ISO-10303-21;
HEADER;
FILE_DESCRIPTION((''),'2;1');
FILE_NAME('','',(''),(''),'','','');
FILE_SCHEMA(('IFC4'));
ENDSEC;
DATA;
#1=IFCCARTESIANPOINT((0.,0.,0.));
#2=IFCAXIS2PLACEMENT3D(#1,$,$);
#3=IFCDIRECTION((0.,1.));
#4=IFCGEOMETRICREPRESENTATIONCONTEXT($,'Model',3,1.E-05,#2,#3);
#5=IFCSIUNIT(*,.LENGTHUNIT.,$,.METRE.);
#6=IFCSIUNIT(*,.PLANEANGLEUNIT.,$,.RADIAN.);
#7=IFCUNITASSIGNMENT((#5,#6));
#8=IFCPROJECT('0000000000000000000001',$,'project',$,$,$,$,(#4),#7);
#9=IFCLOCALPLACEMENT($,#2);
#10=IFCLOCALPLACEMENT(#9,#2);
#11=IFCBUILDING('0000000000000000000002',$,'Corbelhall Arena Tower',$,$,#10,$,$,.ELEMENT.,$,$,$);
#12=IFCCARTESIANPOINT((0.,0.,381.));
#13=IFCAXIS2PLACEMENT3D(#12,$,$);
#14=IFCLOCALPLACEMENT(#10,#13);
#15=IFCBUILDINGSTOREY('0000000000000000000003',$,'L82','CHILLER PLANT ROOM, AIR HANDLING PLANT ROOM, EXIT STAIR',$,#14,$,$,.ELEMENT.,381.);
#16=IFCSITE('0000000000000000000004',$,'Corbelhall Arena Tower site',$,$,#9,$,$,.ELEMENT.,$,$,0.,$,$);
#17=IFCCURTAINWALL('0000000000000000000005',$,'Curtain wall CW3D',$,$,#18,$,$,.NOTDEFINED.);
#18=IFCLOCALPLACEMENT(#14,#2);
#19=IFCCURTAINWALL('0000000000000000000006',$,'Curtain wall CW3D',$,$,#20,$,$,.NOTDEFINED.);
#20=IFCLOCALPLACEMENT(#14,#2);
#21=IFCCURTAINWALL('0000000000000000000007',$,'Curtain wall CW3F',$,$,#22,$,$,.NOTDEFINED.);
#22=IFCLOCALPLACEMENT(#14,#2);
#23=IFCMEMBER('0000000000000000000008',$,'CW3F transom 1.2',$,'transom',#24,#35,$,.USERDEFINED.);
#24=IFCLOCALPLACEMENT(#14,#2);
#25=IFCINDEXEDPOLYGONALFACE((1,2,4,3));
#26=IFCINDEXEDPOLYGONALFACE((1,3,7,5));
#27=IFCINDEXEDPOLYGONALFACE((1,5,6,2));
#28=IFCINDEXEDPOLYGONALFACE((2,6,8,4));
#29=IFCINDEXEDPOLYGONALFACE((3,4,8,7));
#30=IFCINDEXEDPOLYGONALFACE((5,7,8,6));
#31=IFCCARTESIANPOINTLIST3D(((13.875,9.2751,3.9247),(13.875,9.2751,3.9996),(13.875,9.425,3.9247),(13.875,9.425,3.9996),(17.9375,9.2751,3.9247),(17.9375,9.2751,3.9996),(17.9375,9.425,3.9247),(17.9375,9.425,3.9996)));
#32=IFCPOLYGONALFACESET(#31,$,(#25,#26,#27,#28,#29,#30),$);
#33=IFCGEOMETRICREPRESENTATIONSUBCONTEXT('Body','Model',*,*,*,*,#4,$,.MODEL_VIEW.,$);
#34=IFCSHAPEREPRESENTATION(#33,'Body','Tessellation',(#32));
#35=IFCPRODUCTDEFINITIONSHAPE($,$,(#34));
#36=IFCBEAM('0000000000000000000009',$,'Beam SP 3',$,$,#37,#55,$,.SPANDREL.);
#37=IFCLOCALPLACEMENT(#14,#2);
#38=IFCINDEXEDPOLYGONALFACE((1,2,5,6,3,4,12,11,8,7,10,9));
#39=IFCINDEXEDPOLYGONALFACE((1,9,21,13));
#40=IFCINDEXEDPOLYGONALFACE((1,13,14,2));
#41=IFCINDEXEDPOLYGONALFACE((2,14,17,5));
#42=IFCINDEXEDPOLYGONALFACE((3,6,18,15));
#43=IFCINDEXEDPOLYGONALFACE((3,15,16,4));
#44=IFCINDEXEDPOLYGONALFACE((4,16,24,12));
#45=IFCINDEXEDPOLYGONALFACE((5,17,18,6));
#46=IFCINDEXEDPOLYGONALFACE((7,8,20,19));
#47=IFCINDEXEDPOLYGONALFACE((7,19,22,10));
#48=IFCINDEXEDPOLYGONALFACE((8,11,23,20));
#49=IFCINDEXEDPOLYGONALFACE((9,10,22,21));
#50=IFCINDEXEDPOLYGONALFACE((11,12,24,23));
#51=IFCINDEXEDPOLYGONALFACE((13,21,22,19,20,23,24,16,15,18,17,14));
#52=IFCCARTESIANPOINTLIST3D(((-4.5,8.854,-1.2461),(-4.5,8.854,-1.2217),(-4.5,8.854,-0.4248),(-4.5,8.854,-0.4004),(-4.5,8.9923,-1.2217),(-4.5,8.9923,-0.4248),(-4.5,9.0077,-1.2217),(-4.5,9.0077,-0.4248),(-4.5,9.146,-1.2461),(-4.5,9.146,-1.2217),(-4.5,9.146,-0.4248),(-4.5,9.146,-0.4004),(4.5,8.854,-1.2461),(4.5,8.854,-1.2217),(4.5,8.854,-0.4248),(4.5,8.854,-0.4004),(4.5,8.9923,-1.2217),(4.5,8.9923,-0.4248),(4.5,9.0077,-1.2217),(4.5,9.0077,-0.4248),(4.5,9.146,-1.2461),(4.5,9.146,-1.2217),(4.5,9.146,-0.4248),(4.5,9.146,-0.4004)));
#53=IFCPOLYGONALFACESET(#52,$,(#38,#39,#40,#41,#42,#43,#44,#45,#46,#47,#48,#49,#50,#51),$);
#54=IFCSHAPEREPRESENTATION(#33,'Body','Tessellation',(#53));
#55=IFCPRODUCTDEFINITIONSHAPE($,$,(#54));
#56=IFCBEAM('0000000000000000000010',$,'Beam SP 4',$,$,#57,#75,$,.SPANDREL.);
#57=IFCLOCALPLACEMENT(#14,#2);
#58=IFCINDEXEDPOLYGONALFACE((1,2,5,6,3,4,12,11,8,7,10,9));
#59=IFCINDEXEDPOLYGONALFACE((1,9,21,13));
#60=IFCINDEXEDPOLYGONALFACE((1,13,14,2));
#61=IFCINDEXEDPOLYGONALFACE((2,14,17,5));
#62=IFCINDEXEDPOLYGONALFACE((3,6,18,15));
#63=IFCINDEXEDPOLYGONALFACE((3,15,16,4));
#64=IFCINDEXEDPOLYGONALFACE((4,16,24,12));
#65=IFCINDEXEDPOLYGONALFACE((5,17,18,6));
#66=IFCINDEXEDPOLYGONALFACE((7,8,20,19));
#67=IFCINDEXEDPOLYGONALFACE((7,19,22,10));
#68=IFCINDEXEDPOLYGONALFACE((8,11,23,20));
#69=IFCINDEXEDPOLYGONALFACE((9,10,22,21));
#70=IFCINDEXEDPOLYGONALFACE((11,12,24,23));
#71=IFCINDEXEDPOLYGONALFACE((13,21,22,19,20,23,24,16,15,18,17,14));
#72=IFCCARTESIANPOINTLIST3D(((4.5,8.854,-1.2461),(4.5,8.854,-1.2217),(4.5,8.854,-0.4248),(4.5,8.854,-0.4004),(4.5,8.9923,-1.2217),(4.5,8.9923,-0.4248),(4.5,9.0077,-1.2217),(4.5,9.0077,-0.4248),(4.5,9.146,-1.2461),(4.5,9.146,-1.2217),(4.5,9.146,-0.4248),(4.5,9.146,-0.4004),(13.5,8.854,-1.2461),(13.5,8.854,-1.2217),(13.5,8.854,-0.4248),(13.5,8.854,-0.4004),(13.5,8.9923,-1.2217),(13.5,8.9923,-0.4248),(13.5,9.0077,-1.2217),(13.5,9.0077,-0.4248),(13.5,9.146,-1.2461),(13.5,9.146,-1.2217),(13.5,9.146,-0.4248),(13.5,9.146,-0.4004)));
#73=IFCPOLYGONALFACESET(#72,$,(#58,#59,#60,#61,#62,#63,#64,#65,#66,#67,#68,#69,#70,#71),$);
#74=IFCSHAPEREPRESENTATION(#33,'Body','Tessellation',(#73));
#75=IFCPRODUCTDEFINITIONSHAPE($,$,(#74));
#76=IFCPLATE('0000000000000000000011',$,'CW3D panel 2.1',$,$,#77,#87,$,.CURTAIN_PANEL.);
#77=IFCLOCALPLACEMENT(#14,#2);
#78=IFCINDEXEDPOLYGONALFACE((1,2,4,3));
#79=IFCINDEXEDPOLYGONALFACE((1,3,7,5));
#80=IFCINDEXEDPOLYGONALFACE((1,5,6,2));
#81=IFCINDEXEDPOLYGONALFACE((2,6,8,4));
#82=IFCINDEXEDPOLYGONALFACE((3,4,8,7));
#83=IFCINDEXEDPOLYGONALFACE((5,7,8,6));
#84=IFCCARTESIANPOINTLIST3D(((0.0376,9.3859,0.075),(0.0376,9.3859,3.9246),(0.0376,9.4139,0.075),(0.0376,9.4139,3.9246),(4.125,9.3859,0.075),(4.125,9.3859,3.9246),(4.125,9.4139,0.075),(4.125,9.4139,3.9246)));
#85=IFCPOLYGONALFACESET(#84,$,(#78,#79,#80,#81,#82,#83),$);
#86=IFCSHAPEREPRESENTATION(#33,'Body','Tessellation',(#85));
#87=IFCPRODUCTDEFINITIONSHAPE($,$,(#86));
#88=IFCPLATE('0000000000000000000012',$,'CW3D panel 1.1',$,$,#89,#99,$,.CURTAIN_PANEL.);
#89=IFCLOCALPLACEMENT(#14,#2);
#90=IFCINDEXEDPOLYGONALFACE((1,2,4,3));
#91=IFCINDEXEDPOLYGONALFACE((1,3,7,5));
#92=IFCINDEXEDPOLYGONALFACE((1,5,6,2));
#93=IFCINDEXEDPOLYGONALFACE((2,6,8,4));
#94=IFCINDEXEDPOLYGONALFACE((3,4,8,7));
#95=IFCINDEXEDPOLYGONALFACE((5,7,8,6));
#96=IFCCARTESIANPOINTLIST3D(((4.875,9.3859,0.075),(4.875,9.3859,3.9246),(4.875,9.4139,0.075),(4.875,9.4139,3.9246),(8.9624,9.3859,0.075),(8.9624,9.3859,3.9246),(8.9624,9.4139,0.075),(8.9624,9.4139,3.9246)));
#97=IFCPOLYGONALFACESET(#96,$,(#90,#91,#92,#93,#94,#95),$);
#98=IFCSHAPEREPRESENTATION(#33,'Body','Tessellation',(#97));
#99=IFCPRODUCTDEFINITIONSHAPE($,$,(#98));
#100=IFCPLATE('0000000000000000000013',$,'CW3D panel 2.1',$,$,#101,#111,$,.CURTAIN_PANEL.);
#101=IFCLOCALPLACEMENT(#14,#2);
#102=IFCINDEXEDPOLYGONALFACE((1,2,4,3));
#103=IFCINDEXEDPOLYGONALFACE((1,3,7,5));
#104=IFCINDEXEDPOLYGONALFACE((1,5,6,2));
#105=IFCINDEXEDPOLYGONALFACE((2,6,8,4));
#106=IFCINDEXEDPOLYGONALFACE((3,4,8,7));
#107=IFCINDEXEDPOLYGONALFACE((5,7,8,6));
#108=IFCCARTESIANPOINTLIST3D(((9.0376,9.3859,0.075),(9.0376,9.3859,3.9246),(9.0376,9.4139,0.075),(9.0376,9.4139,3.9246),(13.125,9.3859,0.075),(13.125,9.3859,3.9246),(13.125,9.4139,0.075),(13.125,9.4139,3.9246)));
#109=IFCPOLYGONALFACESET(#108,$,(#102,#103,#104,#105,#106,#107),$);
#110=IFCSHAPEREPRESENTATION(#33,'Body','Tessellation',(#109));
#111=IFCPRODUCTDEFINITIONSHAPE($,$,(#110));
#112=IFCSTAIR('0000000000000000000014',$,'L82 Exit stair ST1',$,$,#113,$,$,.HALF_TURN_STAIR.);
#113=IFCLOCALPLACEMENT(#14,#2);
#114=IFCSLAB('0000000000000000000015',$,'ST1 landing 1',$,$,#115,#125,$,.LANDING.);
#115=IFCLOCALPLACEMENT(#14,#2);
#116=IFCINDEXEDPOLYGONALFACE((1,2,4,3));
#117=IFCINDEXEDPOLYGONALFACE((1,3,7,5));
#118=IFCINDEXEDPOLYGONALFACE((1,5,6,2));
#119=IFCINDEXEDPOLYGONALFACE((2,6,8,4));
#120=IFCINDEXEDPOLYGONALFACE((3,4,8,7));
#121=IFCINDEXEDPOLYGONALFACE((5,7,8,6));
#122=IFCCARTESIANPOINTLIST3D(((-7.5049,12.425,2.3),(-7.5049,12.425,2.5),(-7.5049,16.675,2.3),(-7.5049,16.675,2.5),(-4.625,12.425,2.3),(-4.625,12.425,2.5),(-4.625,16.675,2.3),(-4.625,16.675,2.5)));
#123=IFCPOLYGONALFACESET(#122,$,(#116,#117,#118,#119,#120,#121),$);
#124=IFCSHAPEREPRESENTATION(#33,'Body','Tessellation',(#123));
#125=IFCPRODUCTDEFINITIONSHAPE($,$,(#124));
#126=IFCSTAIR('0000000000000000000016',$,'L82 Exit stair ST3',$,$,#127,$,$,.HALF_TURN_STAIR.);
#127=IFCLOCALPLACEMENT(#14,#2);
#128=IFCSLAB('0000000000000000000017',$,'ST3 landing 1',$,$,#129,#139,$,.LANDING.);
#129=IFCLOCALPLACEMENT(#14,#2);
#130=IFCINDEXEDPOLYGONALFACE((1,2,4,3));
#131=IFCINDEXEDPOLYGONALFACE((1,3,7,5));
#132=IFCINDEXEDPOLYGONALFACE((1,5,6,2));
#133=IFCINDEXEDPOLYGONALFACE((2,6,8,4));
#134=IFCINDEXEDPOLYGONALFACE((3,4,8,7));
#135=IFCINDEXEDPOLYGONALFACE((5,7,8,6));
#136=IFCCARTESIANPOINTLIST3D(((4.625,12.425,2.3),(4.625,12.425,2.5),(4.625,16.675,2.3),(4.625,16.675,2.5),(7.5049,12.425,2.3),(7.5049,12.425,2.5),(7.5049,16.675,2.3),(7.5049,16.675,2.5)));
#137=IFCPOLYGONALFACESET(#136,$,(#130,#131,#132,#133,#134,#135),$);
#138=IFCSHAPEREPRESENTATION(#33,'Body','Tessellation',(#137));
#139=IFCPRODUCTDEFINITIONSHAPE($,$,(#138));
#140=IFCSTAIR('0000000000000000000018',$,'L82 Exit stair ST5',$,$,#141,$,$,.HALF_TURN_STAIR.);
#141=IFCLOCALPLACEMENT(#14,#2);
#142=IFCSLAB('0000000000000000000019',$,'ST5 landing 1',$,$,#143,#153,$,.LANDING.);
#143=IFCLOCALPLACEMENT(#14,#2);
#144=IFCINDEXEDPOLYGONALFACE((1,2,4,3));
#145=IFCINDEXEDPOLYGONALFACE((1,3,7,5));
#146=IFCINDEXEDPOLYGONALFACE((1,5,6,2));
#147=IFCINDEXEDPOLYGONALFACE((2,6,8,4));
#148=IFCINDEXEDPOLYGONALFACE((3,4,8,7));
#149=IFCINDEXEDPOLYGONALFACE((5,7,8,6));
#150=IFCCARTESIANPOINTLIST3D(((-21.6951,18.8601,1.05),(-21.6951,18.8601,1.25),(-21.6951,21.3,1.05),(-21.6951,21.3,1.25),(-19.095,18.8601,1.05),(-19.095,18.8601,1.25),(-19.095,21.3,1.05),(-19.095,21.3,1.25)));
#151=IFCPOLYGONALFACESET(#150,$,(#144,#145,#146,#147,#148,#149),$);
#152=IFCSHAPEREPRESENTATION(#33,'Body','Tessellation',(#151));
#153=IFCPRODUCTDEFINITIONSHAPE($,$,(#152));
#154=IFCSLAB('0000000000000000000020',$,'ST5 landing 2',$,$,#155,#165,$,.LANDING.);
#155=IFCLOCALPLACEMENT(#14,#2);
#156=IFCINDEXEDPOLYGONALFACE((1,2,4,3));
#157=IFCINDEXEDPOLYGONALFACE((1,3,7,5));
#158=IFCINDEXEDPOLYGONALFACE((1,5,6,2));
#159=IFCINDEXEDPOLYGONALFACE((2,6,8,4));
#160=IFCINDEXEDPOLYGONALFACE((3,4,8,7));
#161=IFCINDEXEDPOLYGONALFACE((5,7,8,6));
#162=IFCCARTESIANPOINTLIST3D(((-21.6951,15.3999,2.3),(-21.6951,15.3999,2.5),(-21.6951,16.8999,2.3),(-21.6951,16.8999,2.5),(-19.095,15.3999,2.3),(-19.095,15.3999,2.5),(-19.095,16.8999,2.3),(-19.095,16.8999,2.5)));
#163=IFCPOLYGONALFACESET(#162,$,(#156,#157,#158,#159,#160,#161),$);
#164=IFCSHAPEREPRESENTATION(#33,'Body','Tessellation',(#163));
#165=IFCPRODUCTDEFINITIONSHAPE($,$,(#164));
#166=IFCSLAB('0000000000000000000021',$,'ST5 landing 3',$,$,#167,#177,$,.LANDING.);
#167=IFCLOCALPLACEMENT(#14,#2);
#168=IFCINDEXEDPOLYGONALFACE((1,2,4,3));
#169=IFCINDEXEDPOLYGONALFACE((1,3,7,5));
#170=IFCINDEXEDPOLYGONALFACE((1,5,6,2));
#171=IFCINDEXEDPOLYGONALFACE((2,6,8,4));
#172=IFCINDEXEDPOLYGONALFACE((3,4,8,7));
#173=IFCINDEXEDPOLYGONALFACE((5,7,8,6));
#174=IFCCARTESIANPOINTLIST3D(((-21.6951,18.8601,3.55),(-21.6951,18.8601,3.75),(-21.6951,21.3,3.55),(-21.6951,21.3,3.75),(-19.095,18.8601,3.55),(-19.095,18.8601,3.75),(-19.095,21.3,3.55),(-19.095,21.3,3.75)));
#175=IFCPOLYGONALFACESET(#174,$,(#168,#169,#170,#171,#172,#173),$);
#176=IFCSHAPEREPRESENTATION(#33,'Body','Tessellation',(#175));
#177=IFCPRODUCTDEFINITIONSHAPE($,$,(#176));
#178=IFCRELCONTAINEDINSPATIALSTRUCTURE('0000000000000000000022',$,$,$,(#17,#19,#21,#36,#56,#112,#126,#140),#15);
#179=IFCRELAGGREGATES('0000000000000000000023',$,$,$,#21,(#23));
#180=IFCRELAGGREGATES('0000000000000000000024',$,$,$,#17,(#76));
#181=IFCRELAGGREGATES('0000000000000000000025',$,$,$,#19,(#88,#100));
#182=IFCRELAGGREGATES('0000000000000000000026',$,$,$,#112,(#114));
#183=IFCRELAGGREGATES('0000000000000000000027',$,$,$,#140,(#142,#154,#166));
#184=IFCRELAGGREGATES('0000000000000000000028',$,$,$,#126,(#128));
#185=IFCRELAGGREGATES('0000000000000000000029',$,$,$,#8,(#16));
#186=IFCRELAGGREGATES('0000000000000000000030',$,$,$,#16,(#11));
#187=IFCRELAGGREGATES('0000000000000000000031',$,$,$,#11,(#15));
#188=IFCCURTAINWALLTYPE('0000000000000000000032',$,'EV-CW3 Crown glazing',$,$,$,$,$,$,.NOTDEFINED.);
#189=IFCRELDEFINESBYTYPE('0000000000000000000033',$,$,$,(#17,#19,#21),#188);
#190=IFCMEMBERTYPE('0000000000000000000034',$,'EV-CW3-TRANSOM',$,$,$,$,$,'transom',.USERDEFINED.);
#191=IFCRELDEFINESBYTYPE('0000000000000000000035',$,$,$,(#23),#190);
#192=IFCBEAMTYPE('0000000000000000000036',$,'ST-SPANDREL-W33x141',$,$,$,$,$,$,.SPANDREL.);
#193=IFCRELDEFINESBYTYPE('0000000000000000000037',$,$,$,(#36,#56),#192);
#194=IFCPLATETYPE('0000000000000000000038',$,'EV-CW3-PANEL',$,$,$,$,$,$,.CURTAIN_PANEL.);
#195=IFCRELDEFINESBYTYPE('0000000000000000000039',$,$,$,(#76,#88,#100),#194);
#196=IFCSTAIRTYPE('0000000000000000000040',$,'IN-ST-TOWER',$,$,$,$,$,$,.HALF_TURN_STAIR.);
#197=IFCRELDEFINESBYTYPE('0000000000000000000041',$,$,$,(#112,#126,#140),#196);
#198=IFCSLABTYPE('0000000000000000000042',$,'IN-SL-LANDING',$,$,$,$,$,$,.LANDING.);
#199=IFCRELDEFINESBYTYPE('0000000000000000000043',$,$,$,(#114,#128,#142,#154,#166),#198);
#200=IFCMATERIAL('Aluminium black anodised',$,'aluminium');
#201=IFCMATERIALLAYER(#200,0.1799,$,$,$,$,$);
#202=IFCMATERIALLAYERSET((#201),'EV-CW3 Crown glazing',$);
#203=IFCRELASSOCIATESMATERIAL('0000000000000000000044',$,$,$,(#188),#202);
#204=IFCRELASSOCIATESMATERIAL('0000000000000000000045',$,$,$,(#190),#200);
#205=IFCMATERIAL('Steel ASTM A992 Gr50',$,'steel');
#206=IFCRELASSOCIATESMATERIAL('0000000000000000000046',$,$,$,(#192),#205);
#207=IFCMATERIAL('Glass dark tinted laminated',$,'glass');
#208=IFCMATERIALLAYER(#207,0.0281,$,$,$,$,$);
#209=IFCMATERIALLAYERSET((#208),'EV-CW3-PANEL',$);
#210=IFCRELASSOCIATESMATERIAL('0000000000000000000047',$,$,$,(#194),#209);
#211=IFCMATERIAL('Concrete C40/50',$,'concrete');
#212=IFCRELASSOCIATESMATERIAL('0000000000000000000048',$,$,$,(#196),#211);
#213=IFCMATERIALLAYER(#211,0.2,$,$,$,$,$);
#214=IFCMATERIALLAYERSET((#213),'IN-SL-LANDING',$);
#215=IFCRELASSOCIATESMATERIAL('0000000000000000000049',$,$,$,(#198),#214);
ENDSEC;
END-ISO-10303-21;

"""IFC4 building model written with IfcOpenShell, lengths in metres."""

from ifc_helpers import new_model, si_unit, direction, frame, origin, origin_2d, place, context, subcontext, project, spatial, polyline, rectangle, i_section, outline, extrude, material, layer, layer_set, material_profile, profile_set, type_object, element, aggregate, save


model = new_model("IFC4")

# Units and contexts
model_context = context("Model", 3, precision=1e-05, world=origin(), true_north=direction((0.0, 1.0)))
body_context = subcontext(model_context, "Body", "Model", "MODEL_VIEW")
ifc_project = project(units=[si_unit("LENGTHUNIT", "METRE"), si_unit("PLANEANGLEUNIT", "RADIAN")], contexts=[model_context])

# Site, building, storey
site_placement = place(None, origin())
site = spatial("IfcSite", under=ifc_project, at=site_placement, Name="Corbelhall Arena Tower site", CompositionType="ELEMENT", RefElevation=0.0)
building_placement = place(site_placement, origin())
building = spatial("IfcBuilding", under=site, at=building_placement, Name="Corbelhall Arena Tower", CompositionType="ELEMENT")
storey_placement = place(building_placement, frame((0.0, 0.0, 381.0)))
storey = spatial("IfcBuildingStorey", under=building, at=storey_placement, Name="L82", Description="CHILLER PLANT ROOM, AIR HANDLING PLANT ROOM, EXIT STAIR", CompositionType="ELEMENT", Elevation=381.0)

# Curtain walls
ifc_material_1 = material(Name="Aluminium black anodised", Category="aluminium")
ifc_layer_1 = layer(ifc_material_1, 0.1799)
ifc_layer_set_1 = layer_set([ifc_layer_1], Name="EV-CW3 Crown glazing")
curtain_wall_type = type_object("IfcCurtainWallType", Name="EV-CW3 Crown glazing", PredefinedType="NOTDEFINED", material=ifc_layer_set_1)
curtain_wall_1_placement = place(storey_placement, origin())
curtain_wall_1 = element("IfcCurtainWall", 1, at=curtain_wall_1_placement, inside=storey, type_object=curtain_wall_type, Name="Curtain wall CW3D", PredefinedType="NOTDEFINED")
curtain_wall_2_placement = place(storey_placement, origin())
curtain_wall_2 = element("IfcCurtainWall", 2, at=curtain_wall_2_placement, inside=storey, type_object=curtain_wall_type, Name="Curtain wall CW3D", PredefinedType="NOTDEFINED")

# Curtain wall
curtain_wall_3_placement = place(storey_placement, origin())
curtain_wall_3 = element("IfcCurtainWall", 3, at=curtain_wall_3_placement, inside=storey, type_object=curtain_wall_type, Name="Curtain wall CW3F", PredefinedType="NOTDEFINED")

# Member
ifc_material_profile_1 = material_profile(ifc_material_1, rectangle(XDim=0.1499, YDim=0.075, at=origin_2d()))
ifc_profile_set_1 = profile_set([ifc_material_profile_1], Name="Aluminium black anodised")
member_type_1 = type_object("IfcMemberType", Name="EV-CW3-TRANSOM", ElementType="transom", PredefinedType="USERDEFINED", material=ifc_profile_set_1)
member_1_placement = place(storey_placement, frame((13.875, 9.3501, 3.9622), z_axis=(1.0, 0.0, 0.0), x_axis=(0.0, 1.0, 0.0)))
member_1 = element("IfcMember", 4, at=member_1_placement, type_object=member_type_1, Name="CW3F transom 1.2", ObjectType="transom", PredefinedType="USERDEFINED", context=body_context, shape_type="SweptSolid", body=[
    extrude(rectangle(XDim=0.1499, YDim=0.075, at=origin_2d()), origin(), (0.0, 0.0, 1.0), 4.0625),
])
aggregate(curtain_wall_3, [member_1])

# Beams
ifc_material_2 = material(Name="Steel ASTM A992 Gr50", Category="steel")
ifc_material_profile_2 = material_profile(ifc_material_2, i_section(OverallWidth=0.292, OverallDepth=0.8457, WebThickness=0.0154, FlangeThickness=0.0244, at=origin_2d()))
ifc_profile_set_2 = profile_set([ifc_material_profile_2], Name="Steel ASTM A992 Gr50")
beam_type = type_object("IfcBeamType", Name="ST-SPANDREL-W33x141", PredefinedType="SPANDREL", material=ifc_profile_set_2)
for number, where, z_axis, x_axis, name in (
    (5, (4.5, 9.0, -0.8232), (-1.0, 0.0, 0.0), (0.0, -1.0, 0.0), "Beam SP 3"),
    (6, (13.5, 9.0, -0.8232), (-1.0, 0.0, 0.0), (0.0, -1.0, 0.0), "Beam SP 4"),
):
    element("IfcBeam", number, at=place(storey_placement, frame(where, z_axis=z_axis, x_axis=x_axis)), inside=storey, type_object=beam_type, Name=name, PredefinedType="SPANDREL", context=body_context, shape_type="SweptSolid", body=[
        extrude(i_section(OverallWidth=0.292, OverallDepth=0.8457, WebThickness=0.0154, FlangeThickness=0.0244, at=origin_2d()), origin(), (0.0, 0.0, 1.0), 9.0),
    ])

# Plates
ifc_material_3 = material(Name="Glass dark tinted laminated", Category="glass")
ifc_layer_2 = layer(ifc_material_3, 0.0281)
ifc_layer_set_2 = layer_set([ifc_layer_2], Name="EV-CW3-PANEL")
plate_type = type_object("IfcPlateType", Name="EV-CW3-PANEL", PredefinedType="CURTAIN_PANEL", material=ifc_layer_set_2)
plate_1_placement = place(storey_placement, frame((2.0813, 9.3999, 0.075), z_axis=(0.0, 0.0, 1.0), x_axis=(1.0, 0.0, 0.0)))
plate_1 = element("IfcPlate", 7, at=plate_1_placement, type_object=plate_type, Name="CW3D panel 2.1", PredefinedType="CURTAIN_PANEL", context=body_context, shape_type="SweptSolid", body=[
    extrude(rectangle(XDim=4.0874, YDim=0.0281, at=origin_2d()), origin(), (0.0, 0.0, 1.0), 3.8496),
])
aggregate(curtain_wall_1, [plate_1])
plate_2_placement = place(storey_placement, frame((6.9187, 9.3999, 0.075), z_axis=(0.0, 0.0, 1.0), x_axis=(1.0, 0.0, 0.0)))
plate_2 = element("IfcPlate", 8, at=plate_2_placement, type_object=plate_type, Name="CW3D panel 1.1", PredefinedType="CURTAIN_PANEL", context=body_context, shape_type="SweptSolid", body=[
    extrude(rectangle(XDim=4.0874, YDim=0.0281, at=origin_2d()), origin(), (0.0, 0.0, 1.0), 3.8496),
])
plate_3_placement = place(storey_placement, frame((11.0813, 9.3999, 0.075), z_axis=(0.0, 0.0, 1.0), x_axis=(1.0, 0.0, 0.0)))
plate_3 = element("IfcPlate", 9, at=plate_3_placement, type_object=plate_type, Name="CW3D panel 2.1", PredefinedType="CURTAIN_PANEL", context=body_context, shape_type="SweptSolid", body=[
    extrude(rectangle(XDim=4.0874, YDim=0.0281, at=origin_2d()), origin(), (0.0, 0.0, 1.0), 3.8496),
])
aggregate(curtain_wall_2, [plate_2, plate_3])

# Stairs, slabs
ifc_material_4 = material(Name="Concrete C40/50", Category="concrete")
stair_type = type_object("IfcStairType", Name="IN-ST-TOWER", PredefinedType="HALF_TURN_STAIR", material=ifc_material_4)
stair_1_placement = place(storey_placement, origin())
stair_1 = element("IfcStair", 10, at=stair_1_placement, inside=storey, type_object=stair_type, Name="L82 Exit stair ST1", PredefinedType="HALF_TURN_STAIR")
ifc_layer_3 = layer(ifc_material_4, 0.2)
ifc_layer_set_3 = layer_set([ifc_layer_3], Name="IN-SL-LANDING")
slab_type_1 = type_object("IfcSlabType", Name="IN-SL-LANDING", PredefinedType="LANDING", material=ifc_layer_set_3)
slab_1_placement = place(storey_placement, frame((0.0, 0.0, 2.3)))
slab_1 = element("IfcSlab", 11, at=slab_1_placement, type_object=slab_type_1, Name="ST1 landing 1", PredefinedType="LANDING", context=body_context, shape_type="SweptSolid", body=[
    extrude(outline(polyline([(-7.5049, 12.425), (-4.625, 12.425), (-4.625, 16.675), (-7.5049, 16.675), (-7.5049, 12.425)])), origin(), (0.0, 0.0, 1.0), 0.2),
])
aggregate(stair_1, [slab_1])
stair_2_placement = place(storey_placement, origin())
stair_2 = element("IfcStair", 12, at=stair_2_placement, inside=storey, type_object=stair_type, Name="L82 Exit stair ST3", PredefinedType="HALF_TURN_STAIR")
slab_2_placement = place(storey_placement, frame((0.0, 0.0, 2.3)))
slab_2 = element("IfcSlab", 13, at=slab_2_placement, type_object=slab_type_1, Name="ST3 landing 1", PredefinedType="LANDING", context=body_context, shape_type="SweptSolid", body=[
    extrude(outline(polyline([(7.5049, 16.675), (4.625, 16.675), (4.625, 12.425), (7.5049, 12.425), (7.5049, 16.675)])), origin(), (0.0, 0.0, 1.0), 0.2),
])

# Stair, slabs
stair_3_placement = place(storey_placement, origin())
stair_3 = element("IfcStair", 14, at=stair_3_placement, inside=storey, type_object=stair_type, Name="L82 Exit stair ST5", PredefinedType="HALF_TURN_STAIR")
slab_3_placement = place(storey_placement, frame((0.0, 0.0, 1.05)))
slab_3 = element("IfcSlab", 15, at=slab_3_placement, type_object=slab_type_1, Name="ST5 landing 1", PredefinedType="LANDING", context=body_context, shape_type="SweptSolid", body=[
    extrude(outline(polyline([(-19.095, 18.8601), (-19.095, 21.3), (-21.6951, 21.3), (-21.6951, 18.8601), (-19.095, 18.8601)])), origin(), (0.0, 0.0, 1.0), 0.2),
])
slab_4_placement = place(storey_placement, frame((0.0, 0.0, 2.3)))
slab_4 = element("IfcSlab", 16, at=slab_4_placement, type_object=slab_type_1, Name="ST5 landing 2", PredefinedType="LANDING", context=body_context, shape_type="SweptSolid", body=[
    extrude(outline(polyline([(-19.095, 15.3999), (-19.095, 16.8999), (-21.6951, 16.8999), (-21.6951, 15.3999), (-19.095, 15.3999)])), origin(), (0.0, 0.0, 1.0), 0.2),
])
slab_5_placement = place(storey_placement, frame((0.0, 0.0, 3.55)))
slab_5 = element("IfcSlab", 17, at=slab_5_placement, type_object=slab_type_1, Name="ST5 landing 3", PredefinedType="LANDING", context=body_context, shape_type="SweptSolid", body=[
    extrude(outline(polyline([(-19.095, 18.8601), (-19.095, 21.3), (-21.6951, 21.3), (-21.6951, 18.8601), (-19.095, 18.8601)])), origin(), (0.0, 0.0, 1.0), 0.2),
])
aggregate(stair_3, [slab_3, slab_4, slab_5])

aggregate(stair_2, [slab_2])

save(model, "model.ifc")
